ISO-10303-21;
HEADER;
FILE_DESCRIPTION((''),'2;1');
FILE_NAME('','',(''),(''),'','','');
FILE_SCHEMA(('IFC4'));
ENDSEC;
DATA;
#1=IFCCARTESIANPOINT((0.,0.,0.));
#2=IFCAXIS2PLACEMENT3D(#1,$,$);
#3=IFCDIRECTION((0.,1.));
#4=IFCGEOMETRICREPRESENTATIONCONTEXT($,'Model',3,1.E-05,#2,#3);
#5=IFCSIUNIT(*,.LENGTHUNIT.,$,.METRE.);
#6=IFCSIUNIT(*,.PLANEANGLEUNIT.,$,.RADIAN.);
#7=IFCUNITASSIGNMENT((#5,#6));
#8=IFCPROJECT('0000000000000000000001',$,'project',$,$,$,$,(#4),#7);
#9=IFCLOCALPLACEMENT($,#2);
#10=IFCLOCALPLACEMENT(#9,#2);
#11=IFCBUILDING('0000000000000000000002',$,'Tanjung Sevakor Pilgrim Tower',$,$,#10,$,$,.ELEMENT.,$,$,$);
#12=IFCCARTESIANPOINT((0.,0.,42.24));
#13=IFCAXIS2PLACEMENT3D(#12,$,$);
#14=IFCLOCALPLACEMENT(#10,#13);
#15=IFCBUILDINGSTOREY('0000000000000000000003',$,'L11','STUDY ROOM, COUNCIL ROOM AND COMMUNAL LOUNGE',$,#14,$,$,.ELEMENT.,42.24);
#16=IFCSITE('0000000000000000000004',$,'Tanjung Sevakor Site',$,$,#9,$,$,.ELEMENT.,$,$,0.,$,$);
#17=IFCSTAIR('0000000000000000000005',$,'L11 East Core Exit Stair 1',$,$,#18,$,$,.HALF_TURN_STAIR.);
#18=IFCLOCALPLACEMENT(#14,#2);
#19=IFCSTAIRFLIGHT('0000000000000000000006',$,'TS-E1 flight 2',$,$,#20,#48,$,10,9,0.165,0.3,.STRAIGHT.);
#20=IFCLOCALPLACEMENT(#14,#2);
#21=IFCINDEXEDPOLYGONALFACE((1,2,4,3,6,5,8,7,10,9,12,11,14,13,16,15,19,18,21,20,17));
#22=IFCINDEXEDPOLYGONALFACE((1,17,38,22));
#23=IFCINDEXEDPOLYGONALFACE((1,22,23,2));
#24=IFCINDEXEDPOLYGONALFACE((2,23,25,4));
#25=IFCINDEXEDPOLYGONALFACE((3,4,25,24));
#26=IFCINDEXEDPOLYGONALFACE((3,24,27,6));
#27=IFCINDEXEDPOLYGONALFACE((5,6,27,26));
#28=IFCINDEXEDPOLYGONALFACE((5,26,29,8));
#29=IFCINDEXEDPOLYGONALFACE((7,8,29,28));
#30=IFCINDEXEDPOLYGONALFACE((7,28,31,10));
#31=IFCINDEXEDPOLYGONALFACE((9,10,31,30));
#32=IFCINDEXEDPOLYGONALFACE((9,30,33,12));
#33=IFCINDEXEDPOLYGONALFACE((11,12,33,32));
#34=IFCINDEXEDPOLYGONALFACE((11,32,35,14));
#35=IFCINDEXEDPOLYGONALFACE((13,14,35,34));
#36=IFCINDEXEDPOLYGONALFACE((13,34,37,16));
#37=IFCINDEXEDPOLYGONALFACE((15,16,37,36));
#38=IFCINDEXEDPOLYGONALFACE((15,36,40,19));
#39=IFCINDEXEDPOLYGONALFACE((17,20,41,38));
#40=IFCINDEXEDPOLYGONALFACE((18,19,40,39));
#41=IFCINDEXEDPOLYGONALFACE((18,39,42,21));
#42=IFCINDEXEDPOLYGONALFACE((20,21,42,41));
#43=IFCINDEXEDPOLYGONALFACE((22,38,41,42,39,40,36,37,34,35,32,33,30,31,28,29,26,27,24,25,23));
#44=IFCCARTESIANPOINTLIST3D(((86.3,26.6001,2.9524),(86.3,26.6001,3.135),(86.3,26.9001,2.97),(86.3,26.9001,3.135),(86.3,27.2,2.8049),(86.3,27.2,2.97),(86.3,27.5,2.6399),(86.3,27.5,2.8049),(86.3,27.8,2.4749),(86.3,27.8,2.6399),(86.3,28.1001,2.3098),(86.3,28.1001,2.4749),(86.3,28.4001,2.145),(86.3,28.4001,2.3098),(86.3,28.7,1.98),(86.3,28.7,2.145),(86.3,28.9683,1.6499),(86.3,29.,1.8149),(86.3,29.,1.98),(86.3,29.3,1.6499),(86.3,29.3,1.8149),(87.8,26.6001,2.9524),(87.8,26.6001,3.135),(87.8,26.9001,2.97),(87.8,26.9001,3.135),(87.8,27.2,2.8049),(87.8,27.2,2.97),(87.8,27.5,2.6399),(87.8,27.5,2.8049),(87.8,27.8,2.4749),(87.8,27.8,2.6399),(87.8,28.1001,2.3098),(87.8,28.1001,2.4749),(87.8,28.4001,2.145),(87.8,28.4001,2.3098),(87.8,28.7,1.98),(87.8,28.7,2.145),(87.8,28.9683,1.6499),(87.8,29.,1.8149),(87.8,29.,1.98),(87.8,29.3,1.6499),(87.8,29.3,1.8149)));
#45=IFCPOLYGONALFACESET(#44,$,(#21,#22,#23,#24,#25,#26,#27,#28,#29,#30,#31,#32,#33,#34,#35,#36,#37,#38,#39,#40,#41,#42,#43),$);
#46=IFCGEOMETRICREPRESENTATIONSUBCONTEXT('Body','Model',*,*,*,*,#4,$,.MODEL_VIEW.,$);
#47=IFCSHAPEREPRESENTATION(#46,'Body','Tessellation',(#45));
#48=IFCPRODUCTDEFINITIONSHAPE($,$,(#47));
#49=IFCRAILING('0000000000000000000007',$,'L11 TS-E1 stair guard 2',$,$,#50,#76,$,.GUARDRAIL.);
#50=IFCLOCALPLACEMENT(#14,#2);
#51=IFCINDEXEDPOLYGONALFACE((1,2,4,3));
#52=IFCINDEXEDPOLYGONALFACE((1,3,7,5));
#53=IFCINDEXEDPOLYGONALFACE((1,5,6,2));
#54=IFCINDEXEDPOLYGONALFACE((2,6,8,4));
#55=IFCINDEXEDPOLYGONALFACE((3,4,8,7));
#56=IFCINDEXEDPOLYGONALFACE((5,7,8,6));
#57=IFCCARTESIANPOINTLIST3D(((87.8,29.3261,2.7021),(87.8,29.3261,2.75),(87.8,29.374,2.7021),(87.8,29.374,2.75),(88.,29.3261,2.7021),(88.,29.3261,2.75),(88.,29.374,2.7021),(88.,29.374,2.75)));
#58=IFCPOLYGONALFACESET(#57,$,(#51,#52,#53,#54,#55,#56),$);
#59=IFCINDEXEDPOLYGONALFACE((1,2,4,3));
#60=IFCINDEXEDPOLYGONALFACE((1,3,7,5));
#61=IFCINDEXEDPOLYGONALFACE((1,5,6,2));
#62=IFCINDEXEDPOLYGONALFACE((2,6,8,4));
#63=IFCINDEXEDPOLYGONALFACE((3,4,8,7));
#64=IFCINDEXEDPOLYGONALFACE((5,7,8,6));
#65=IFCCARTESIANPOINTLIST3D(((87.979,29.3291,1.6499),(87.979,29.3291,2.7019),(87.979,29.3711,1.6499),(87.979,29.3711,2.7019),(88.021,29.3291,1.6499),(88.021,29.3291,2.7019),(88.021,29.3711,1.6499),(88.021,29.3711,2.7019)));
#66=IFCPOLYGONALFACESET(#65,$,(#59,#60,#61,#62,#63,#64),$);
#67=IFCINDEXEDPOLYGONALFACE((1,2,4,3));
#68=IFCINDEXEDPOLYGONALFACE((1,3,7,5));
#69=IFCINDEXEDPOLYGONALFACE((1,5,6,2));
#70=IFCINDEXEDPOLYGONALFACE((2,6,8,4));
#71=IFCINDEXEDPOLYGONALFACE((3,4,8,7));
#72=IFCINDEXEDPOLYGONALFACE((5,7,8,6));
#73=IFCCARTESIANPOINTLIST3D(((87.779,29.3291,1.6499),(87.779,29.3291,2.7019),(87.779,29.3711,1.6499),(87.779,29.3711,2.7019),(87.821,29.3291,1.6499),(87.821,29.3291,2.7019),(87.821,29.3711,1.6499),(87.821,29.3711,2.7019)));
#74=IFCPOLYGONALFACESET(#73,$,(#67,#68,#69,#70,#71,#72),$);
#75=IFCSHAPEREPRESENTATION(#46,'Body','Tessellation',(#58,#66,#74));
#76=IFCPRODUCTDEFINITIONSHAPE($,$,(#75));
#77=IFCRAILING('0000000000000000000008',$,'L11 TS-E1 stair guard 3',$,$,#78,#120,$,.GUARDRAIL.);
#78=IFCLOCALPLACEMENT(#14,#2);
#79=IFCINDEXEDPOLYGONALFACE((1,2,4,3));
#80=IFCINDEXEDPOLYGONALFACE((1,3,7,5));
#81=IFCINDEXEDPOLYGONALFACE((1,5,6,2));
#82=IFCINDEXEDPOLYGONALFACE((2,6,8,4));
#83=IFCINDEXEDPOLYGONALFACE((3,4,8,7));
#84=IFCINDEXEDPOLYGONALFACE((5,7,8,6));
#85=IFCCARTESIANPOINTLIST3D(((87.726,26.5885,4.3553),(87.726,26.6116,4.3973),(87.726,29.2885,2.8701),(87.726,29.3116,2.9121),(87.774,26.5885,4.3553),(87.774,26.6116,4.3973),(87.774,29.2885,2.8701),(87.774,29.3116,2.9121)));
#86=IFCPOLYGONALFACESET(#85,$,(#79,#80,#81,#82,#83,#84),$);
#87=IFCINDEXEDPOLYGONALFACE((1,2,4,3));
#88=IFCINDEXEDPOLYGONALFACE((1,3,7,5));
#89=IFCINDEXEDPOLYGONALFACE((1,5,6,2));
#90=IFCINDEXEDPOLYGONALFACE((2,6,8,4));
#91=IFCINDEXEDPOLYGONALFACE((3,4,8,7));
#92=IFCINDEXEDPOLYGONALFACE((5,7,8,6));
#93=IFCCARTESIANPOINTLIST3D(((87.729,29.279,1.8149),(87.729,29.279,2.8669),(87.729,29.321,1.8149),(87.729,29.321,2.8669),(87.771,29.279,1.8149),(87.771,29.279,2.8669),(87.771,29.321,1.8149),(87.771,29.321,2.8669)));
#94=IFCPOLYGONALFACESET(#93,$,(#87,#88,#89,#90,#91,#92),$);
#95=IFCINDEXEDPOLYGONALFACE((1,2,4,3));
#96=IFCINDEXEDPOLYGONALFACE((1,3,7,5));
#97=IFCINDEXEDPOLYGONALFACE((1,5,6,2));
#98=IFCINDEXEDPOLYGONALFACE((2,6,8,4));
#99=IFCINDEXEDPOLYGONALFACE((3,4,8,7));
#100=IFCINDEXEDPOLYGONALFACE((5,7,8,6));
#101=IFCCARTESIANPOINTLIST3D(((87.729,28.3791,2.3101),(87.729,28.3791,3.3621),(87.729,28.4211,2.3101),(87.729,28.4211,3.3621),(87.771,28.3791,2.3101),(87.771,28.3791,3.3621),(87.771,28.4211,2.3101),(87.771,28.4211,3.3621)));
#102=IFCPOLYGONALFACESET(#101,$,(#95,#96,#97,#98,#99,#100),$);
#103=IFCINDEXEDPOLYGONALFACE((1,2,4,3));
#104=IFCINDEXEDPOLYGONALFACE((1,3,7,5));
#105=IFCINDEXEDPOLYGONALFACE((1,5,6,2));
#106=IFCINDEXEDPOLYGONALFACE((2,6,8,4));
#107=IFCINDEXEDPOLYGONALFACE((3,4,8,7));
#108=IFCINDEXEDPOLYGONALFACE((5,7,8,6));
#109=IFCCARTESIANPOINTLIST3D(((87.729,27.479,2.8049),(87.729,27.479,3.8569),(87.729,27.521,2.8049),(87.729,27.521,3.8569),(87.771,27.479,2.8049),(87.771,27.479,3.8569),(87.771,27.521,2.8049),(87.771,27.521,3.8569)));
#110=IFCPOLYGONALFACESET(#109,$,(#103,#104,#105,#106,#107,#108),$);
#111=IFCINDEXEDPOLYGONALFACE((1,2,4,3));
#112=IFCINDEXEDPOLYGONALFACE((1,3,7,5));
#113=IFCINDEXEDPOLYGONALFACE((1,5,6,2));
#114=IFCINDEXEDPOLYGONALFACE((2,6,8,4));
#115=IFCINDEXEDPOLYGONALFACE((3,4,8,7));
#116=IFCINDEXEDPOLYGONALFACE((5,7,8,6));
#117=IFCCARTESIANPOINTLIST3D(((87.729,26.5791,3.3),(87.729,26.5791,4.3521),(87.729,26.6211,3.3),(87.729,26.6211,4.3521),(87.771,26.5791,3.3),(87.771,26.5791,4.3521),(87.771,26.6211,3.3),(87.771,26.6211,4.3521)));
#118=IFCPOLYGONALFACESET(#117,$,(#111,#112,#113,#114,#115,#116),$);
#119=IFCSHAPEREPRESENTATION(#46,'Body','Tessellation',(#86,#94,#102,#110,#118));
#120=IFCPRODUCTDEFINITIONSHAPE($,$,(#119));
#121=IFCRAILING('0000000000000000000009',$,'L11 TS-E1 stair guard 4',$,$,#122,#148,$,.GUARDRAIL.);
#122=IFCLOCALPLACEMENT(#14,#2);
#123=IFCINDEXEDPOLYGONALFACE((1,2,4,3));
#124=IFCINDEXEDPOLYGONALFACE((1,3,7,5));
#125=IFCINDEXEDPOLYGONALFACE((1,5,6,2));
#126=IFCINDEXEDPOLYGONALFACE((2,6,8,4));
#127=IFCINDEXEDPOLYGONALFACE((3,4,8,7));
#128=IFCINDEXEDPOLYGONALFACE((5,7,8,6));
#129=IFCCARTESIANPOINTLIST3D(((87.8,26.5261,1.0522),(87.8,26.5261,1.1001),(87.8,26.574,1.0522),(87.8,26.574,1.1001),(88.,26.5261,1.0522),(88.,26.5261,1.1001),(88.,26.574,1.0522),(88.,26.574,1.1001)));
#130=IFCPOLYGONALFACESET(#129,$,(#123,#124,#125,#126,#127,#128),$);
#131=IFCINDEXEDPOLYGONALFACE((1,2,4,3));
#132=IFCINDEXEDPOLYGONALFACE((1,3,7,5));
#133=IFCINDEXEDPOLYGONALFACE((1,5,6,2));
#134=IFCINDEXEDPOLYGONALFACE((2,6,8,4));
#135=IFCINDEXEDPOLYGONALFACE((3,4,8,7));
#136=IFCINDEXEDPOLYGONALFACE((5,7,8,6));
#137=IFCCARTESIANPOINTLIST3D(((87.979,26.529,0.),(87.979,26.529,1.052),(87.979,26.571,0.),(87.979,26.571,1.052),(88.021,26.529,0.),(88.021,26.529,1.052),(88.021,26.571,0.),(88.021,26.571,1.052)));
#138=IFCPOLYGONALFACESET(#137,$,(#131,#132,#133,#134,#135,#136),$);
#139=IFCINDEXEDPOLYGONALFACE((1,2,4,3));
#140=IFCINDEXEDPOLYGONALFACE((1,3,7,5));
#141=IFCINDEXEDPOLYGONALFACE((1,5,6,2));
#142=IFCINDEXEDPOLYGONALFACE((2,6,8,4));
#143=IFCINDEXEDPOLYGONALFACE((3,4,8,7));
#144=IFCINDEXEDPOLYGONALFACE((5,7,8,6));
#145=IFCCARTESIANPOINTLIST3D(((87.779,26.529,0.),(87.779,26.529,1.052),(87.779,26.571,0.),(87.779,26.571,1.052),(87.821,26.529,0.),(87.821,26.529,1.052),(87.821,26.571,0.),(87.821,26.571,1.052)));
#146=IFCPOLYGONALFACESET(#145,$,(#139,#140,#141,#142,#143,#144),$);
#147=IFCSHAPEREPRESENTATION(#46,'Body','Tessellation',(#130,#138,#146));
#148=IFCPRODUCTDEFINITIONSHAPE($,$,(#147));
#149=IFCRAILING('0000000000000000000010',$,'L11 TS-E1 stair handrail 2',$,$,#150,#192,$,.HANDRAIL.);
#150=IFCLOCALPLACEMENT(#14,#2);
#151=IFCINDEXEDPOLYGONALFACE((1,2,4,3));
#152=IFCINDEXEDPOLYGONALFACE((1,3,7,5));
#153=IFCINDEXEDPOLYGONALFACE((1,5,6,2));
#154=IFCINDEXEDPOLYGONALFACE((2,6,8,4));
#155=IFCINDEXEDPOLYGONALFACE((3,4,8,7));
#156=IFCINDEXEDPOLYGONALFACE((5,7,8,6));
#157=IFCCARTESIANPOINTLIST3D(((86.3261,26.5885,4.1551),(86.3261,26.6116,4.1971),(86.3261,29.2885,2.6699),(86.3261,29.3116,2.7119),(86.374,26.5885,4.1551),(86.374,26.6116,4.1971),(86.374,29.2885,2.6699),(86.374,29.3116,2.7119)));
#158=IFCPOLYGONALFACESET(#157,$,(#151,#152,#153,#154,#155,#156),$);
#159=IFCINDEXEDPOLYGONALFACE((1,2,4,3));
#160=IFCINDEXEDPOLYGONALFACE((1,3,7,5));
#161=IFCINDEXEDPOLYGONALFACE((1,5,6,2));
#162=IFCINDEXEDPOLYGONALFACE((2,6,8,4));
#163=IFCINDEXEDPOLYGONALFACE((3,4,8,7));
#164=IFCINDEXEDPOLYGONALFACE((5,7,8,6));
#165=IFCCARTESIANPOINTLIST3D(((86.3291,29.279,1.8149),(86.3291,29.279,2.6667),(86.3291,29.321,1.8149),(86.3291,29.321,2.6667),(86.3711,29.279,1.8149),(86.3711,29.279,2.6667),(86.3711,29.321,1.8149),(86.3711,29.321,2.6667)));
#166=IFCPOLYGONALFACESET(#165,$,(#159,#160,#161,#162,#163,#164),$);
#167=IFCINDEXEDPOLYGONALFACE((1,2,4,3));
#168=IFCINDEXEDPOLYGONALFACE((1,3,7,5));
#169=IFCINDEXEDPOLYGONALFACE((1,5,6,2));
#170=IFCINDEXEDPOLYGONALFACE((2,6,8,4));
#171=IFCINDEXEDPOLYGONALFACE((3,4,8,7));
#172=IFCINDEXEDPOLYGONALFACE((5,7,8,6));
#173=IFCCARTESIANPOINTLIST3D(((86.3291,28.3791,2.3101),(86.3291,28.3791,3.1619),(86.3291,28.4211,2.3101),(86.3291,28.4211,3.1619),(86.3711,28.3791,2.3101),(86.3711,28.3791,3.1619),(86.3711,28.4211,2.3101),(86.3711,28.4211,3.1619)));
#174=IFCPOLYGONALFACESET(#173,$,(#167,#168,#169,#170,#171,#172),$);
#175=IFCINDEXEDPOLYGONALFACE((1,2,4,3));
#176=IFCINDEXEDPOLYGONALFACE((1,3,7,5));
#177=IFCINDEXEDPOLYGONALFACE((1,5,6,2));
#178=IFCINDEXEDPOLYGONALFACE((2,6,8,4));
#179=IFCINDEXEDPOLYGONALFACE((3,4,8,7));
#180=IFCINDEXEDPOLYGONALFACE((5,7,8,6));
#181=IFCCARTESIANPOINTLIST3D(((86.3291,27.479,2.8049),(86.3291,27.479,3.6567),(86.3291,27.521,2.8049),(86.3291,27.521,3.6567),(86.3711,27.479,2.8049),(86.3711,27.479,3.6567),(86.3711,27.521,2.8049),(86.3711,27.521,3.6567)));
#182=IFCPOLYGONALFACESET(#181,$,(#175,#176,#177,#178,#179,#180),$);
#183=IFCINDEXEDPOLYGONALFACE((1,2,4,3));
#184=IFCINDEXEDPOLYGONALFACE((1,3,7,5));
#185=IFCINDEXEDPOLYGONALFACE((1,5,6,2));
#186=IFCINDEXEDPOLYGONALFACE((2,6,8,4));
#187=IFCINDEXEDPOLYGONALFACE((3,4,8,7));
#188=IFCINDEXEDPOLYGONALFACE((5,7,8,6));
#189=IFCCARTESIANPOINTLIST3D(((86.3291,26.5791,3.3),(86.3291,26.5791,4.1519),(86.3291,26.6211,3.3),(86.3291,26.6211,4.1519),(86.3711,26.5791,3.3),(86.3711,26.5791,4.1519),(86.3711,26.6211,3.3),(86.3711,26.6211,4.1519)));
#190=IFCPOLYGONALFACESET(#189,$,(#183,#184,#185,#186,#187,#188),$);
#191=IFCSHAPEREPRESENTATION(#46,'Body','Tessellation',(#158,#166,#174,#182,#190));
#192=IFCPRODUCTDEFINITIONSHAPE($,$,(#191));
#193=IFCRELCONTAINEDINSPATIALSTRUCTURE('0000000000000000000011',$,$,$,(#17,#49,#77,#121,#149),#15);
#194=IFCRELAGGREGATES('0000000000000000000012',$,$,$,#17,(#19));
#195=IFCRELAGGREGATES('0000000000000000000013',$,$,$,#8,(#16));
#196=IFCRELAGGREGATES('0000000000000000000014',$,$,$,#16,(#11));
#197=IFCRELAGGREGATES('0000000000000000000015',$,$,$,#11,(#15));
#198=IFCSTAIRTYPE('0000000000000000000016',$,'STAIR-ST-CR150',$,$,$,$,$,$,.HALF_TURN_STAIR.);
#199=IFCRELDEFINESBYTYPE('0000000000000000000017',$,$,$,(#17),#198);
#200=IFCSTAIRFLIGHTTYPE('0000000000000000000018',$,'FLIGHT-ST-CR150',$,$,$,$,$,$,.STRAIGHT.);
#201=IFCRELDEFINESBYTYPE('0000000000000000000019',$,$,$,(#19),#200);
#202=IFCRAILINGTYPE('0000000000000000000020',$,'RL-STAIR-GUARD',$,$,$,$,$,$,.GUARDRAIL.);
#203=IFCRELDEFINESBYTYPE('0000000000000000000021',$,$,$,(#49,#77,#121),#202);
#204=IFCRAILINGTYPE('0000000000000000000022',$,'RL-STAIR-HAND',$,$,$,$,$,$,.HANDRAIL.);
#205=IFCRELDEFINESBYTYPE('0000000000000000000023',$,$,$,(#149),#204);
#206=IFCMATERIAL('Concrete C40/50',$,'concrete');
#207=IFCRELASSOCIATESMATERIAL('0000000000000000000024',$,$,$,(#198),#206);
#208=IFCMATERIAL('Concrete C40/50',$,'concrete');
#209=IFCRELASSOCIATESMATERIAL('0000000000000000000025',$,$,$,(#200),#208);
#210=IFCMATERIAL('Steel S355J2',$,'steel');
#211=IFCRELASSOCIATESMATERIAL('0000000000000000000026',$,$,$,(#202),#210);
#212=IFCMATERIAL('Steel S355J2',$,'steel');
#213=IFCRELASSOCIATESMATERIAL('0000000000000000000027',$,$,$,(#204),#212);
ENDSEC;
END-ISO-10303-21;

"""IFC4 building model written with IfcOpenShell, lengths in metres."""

from ifc_helpers import new_model, si_unit, direction, frame, origin, place, context, subcontext, project, spatial, polyline, rectangle, outline, extrude, material, type_object, element, aggregate, save


model = new_model("IFC4")

# Units and contexts
model_context = context("Model", 3, precision=1e-05, world=origin(), true_north=direction((0.0, 1.0)))
body_context = subcontext(model_context, "Body", "Model", "MODEL_VIEW")
ifc_project = project(units=[si_unit("LENGTHUNIT", "METRE"), si_unit("PLANEANGLEUNIT", "RADIAN")], contexts=[model_context])

# Site, building, storey
site_placement = place(None, origin())
site = spatial("IfcSite", under=ifc_project, at=site_placement, Name="Tanjung Sevakor Site", CompositionType="ELEMENT", RefElevation=0.0)
building_placement = place(site_placement, origin())
building = spatial("IfcBuilding", under=site, at=building_placement, Name="Tanjung Sevakor Pilgrim Tower", CompositionType="ELEMENT")
storey_placement = place(building_placement, frame((0.0, 0.0, 42.24)))
storey = spatial("IfcBuildingStorey", under=building, at=storey_placement, Name="L11", Description="STUDY ROOM, COUNCIL ROOM AND COMMUNAL LOUNGE", CompositionType="ELEMENT", Elevation=42.24)

# Stair, stair flight
ifc_material_1 = material(Name="Concrete C40/50", Category="concrete")
stair_type = type_object("IfcStairType", Name="STAIR-ST-CR150", PredefinedType="HALF_TURN_STAIR", material=ifc_material_1)
stair_placement = place(storey_placement, origin())
stair = element("IfcStair", 1, at=stair_placement, inside=storey, type_object=stair_type, Name="L11 East Core Exit Stair 1", PredefinedType="HALF_TURN_STAIR")
ifc_material_2 = material(Name="Concrete C40/50", Category="concrete")
stair_flight_type = type_object("IfcStairFlightType", Name="FLIGHT-ST-CR150", PredefinedType="STRAIGHT", material=ifc_material_2)
stair_flight_placement = place(storey_placement, frame((87.05, 29.3, 1.6499), z_axis=(0.0, 0.0, 1.0), x_axis=(0.0, -1.0, 0.0)))
stair_flight = element("IfcStairFlight", 2, at=stair_flight_placement, type_object=stair_flight_type, Name="TS-E1 flight 2", NumberOfRisers=10, NumberOfTreads=9, PredefinedType="STRAIGHT", RiserHeight=0.165, TreadLength=0.3, context=body_context, shape_type="SweptSolid", body=[
    extrude(outline(polyline([(0.0, 0.0), (0.0, 0.165), (0.3, 0.165), (0.3, 0.3301), (0.6001, 0.3301), (0.6001, 0.4951), (0.8999, 0.4951), (0.8999, 0.6599), (1.2, 0.6599), (1.2, 0.825), (1.5, 0.825), (1.5, 0.99), (1.8, 0.99), (1.8, 1.155), (2.1001, 1.155), (2.1001, 1.3201), (2.3999, 1.3201), (2.3999, 1.4851), (2.7, 1.4851), (2.7, 1.6499), (2.7, 1.3025), (0.3318, 0.0), (0.0, 0.0)])), frame((0.0, 0.75, 0.0), z_axis=(0.0, -1.0, 0.0), x_axis=(1.0, 0.0, 0.0)), (0.0, 0.0, 1.0), 1.5),
])
aggregate(stair, [stair_flight])

# Railings
ifc_material_3 = material(Name="Steel S355J2", Category="steel")
railing_type_1 = type_object("IfcRailingType", Name="RL-STAIR-GUARD", PredefinedType="GUARDRAIL", material=ifc_material_3)
railing_1_placement = place(storey_placement, frame((88.0, 29.3501, 1.6499)))
element("IfcRailing", 3, at=railing_1_placement, inside=storey, type_object=railing_type_1, Name="L11 TS-E1 stair guard 2", PredefinedType="GUARDRAIL", context=body_context, shape_type="SweptSolid", body=[
    extrude(rectangle(XDim=0.0479, YDim=0.0479), frame((0.0, 0.0, 1.0762), z_axis=(-1.0, 0.0, 0.0), x_axis=(0.0, -1.0, 0.0)), (0.0, 0.0, 1.0), 0.2),
    extrude(rectangle(XDim=0.042, YDim=0.042), origin(), (0.0, 0.0, 1.0), 1.052),
    extrude(rectangle(XDim=0.042, YDim=0.042), frame((-0.2, 0.0, 0.0)), (0.0, 0.0, 1.0), 1.052),
])
railing_2_placement = place(storey_placement, frame((87.75, 29.3, 1.8149)))
element("IfcRailing", 4, at=railing_2_placement, inside=storey, type_object=railing_type_1, Name="L11 TS-E1 stair guard 3", PredefinedType="GUARDRAIL", context=body_context, shape_type="SweptSolid", body=[
    extrude(rectangle(XDim=0.0479, YDim=0.0479), frame((0.0, 0.0, 1.0762), z_axis=(0.0, -0.876198, 0.481952), x_axis=(1.0, 0.0, 0.0)), (0.0, 0.0, 1.0), 3.0815),
    extrude(rectangle(XDim=0.042, YDim=0.042), origin(), (0.0, 0.0, 1.0), 1.052),
    extrude(rectangle(XDim=0.042, YDim=0.042), frame((0.0, -0.8999, 0.4951)), (0.0, 0.0, 1.0), 1.052),
    extrude(rectangle(XDim=0.042, YDim=0.042), frame((0.0, -1.8, 0.99)), (0.0, 0.0, 1.0), 1.052),
    extrude(rectangle(XDim=0.042, YDim=0.042), frame((0.0, -2.7, 1.4851)), (0.0, 0.0, 1.0), 1.052),
])
railing_3_placement = place(storey_placement, frame((88.0, 26.55, 0.0)))
element("IfcRailing", 5, at=railing_3_placement, inside=storey, type_object=railing_type_1, Name="L11 TS-E1 stair guard 4", PredefinedType="GUARDRAIL", context=body_context, shape_type="SweptSolid", body=[
    extrude(rectangle(XDim=0.0479, YDim=0.0479), frame((0.0, 0.0, 1.0762), z_axis=(-1.0, 0.0, 0.0), x_axis=(0.0, -1.0, 0.0)), (0.0, 0.0, 1.0), 0.2),
    extrude(rectangle(XDim=0.042, YDim=0.042), origin(), (0.0, 0.0, 1.0), 1.052),
    extrude(rectangle(XDim=0.042, YDim=0.042), frame((-0.2, 0.0, 0.0)), (0.0, 0.0, 1.0), 1.052),
])
ifc_material_4 = material(Name="Steel S355J2", Category="steel")
railing_type_2 = type_object("IfcRailingType", Name="RL-STAIR-HAND", PredefinedType="HANDRAIL", material=ifc_material_4)
railing_4_placement = place(storey_placement, frame((86.3501, 29.3, 1.8149)))
element("IfcRailing", 6, at=railing_4_placement, inside=storey, type_object=railing_type_2, Name="L11 TS-E1 stair handrail 2", PredefinedType="HANDRAIL", context=body_context, shape_type="SweptSolid", body=[
    extrude(rectangle(XDim=0.0479, YDim=0.0479), frame((0.0, 0.0, 0.876), z_axis=(0.0, -0.876198, 0.481952), x_axis=(1.0, 0.0, 0.0)), (0.0, 0.0, 1.0), 3.0815),
    extrude(rectangle(XDim=0.042, YDim=0.042), origin(), (0.0, 0.0, 1.0), 0.8518),
    extrude(rectangle(XDim=0.042, YDim=0.042), frame((0.0, -0.8999, 0.4951)), (0.0, 0.0, 1.0), 0.8518),
    extrude(rectangle(XDim=0.042, YDim=0.042), frame((0.0, -1.8, 0.99)), (0.0, 0.0, 1.0), 0.8518),
    extrude(rectangle(XDim=0.042, YDim=0.042), frame((0.0, -2.7, 1.4851)), (0.0, 0.0, 1.0), 0.8518),
])

save(model, "model.ifc")
